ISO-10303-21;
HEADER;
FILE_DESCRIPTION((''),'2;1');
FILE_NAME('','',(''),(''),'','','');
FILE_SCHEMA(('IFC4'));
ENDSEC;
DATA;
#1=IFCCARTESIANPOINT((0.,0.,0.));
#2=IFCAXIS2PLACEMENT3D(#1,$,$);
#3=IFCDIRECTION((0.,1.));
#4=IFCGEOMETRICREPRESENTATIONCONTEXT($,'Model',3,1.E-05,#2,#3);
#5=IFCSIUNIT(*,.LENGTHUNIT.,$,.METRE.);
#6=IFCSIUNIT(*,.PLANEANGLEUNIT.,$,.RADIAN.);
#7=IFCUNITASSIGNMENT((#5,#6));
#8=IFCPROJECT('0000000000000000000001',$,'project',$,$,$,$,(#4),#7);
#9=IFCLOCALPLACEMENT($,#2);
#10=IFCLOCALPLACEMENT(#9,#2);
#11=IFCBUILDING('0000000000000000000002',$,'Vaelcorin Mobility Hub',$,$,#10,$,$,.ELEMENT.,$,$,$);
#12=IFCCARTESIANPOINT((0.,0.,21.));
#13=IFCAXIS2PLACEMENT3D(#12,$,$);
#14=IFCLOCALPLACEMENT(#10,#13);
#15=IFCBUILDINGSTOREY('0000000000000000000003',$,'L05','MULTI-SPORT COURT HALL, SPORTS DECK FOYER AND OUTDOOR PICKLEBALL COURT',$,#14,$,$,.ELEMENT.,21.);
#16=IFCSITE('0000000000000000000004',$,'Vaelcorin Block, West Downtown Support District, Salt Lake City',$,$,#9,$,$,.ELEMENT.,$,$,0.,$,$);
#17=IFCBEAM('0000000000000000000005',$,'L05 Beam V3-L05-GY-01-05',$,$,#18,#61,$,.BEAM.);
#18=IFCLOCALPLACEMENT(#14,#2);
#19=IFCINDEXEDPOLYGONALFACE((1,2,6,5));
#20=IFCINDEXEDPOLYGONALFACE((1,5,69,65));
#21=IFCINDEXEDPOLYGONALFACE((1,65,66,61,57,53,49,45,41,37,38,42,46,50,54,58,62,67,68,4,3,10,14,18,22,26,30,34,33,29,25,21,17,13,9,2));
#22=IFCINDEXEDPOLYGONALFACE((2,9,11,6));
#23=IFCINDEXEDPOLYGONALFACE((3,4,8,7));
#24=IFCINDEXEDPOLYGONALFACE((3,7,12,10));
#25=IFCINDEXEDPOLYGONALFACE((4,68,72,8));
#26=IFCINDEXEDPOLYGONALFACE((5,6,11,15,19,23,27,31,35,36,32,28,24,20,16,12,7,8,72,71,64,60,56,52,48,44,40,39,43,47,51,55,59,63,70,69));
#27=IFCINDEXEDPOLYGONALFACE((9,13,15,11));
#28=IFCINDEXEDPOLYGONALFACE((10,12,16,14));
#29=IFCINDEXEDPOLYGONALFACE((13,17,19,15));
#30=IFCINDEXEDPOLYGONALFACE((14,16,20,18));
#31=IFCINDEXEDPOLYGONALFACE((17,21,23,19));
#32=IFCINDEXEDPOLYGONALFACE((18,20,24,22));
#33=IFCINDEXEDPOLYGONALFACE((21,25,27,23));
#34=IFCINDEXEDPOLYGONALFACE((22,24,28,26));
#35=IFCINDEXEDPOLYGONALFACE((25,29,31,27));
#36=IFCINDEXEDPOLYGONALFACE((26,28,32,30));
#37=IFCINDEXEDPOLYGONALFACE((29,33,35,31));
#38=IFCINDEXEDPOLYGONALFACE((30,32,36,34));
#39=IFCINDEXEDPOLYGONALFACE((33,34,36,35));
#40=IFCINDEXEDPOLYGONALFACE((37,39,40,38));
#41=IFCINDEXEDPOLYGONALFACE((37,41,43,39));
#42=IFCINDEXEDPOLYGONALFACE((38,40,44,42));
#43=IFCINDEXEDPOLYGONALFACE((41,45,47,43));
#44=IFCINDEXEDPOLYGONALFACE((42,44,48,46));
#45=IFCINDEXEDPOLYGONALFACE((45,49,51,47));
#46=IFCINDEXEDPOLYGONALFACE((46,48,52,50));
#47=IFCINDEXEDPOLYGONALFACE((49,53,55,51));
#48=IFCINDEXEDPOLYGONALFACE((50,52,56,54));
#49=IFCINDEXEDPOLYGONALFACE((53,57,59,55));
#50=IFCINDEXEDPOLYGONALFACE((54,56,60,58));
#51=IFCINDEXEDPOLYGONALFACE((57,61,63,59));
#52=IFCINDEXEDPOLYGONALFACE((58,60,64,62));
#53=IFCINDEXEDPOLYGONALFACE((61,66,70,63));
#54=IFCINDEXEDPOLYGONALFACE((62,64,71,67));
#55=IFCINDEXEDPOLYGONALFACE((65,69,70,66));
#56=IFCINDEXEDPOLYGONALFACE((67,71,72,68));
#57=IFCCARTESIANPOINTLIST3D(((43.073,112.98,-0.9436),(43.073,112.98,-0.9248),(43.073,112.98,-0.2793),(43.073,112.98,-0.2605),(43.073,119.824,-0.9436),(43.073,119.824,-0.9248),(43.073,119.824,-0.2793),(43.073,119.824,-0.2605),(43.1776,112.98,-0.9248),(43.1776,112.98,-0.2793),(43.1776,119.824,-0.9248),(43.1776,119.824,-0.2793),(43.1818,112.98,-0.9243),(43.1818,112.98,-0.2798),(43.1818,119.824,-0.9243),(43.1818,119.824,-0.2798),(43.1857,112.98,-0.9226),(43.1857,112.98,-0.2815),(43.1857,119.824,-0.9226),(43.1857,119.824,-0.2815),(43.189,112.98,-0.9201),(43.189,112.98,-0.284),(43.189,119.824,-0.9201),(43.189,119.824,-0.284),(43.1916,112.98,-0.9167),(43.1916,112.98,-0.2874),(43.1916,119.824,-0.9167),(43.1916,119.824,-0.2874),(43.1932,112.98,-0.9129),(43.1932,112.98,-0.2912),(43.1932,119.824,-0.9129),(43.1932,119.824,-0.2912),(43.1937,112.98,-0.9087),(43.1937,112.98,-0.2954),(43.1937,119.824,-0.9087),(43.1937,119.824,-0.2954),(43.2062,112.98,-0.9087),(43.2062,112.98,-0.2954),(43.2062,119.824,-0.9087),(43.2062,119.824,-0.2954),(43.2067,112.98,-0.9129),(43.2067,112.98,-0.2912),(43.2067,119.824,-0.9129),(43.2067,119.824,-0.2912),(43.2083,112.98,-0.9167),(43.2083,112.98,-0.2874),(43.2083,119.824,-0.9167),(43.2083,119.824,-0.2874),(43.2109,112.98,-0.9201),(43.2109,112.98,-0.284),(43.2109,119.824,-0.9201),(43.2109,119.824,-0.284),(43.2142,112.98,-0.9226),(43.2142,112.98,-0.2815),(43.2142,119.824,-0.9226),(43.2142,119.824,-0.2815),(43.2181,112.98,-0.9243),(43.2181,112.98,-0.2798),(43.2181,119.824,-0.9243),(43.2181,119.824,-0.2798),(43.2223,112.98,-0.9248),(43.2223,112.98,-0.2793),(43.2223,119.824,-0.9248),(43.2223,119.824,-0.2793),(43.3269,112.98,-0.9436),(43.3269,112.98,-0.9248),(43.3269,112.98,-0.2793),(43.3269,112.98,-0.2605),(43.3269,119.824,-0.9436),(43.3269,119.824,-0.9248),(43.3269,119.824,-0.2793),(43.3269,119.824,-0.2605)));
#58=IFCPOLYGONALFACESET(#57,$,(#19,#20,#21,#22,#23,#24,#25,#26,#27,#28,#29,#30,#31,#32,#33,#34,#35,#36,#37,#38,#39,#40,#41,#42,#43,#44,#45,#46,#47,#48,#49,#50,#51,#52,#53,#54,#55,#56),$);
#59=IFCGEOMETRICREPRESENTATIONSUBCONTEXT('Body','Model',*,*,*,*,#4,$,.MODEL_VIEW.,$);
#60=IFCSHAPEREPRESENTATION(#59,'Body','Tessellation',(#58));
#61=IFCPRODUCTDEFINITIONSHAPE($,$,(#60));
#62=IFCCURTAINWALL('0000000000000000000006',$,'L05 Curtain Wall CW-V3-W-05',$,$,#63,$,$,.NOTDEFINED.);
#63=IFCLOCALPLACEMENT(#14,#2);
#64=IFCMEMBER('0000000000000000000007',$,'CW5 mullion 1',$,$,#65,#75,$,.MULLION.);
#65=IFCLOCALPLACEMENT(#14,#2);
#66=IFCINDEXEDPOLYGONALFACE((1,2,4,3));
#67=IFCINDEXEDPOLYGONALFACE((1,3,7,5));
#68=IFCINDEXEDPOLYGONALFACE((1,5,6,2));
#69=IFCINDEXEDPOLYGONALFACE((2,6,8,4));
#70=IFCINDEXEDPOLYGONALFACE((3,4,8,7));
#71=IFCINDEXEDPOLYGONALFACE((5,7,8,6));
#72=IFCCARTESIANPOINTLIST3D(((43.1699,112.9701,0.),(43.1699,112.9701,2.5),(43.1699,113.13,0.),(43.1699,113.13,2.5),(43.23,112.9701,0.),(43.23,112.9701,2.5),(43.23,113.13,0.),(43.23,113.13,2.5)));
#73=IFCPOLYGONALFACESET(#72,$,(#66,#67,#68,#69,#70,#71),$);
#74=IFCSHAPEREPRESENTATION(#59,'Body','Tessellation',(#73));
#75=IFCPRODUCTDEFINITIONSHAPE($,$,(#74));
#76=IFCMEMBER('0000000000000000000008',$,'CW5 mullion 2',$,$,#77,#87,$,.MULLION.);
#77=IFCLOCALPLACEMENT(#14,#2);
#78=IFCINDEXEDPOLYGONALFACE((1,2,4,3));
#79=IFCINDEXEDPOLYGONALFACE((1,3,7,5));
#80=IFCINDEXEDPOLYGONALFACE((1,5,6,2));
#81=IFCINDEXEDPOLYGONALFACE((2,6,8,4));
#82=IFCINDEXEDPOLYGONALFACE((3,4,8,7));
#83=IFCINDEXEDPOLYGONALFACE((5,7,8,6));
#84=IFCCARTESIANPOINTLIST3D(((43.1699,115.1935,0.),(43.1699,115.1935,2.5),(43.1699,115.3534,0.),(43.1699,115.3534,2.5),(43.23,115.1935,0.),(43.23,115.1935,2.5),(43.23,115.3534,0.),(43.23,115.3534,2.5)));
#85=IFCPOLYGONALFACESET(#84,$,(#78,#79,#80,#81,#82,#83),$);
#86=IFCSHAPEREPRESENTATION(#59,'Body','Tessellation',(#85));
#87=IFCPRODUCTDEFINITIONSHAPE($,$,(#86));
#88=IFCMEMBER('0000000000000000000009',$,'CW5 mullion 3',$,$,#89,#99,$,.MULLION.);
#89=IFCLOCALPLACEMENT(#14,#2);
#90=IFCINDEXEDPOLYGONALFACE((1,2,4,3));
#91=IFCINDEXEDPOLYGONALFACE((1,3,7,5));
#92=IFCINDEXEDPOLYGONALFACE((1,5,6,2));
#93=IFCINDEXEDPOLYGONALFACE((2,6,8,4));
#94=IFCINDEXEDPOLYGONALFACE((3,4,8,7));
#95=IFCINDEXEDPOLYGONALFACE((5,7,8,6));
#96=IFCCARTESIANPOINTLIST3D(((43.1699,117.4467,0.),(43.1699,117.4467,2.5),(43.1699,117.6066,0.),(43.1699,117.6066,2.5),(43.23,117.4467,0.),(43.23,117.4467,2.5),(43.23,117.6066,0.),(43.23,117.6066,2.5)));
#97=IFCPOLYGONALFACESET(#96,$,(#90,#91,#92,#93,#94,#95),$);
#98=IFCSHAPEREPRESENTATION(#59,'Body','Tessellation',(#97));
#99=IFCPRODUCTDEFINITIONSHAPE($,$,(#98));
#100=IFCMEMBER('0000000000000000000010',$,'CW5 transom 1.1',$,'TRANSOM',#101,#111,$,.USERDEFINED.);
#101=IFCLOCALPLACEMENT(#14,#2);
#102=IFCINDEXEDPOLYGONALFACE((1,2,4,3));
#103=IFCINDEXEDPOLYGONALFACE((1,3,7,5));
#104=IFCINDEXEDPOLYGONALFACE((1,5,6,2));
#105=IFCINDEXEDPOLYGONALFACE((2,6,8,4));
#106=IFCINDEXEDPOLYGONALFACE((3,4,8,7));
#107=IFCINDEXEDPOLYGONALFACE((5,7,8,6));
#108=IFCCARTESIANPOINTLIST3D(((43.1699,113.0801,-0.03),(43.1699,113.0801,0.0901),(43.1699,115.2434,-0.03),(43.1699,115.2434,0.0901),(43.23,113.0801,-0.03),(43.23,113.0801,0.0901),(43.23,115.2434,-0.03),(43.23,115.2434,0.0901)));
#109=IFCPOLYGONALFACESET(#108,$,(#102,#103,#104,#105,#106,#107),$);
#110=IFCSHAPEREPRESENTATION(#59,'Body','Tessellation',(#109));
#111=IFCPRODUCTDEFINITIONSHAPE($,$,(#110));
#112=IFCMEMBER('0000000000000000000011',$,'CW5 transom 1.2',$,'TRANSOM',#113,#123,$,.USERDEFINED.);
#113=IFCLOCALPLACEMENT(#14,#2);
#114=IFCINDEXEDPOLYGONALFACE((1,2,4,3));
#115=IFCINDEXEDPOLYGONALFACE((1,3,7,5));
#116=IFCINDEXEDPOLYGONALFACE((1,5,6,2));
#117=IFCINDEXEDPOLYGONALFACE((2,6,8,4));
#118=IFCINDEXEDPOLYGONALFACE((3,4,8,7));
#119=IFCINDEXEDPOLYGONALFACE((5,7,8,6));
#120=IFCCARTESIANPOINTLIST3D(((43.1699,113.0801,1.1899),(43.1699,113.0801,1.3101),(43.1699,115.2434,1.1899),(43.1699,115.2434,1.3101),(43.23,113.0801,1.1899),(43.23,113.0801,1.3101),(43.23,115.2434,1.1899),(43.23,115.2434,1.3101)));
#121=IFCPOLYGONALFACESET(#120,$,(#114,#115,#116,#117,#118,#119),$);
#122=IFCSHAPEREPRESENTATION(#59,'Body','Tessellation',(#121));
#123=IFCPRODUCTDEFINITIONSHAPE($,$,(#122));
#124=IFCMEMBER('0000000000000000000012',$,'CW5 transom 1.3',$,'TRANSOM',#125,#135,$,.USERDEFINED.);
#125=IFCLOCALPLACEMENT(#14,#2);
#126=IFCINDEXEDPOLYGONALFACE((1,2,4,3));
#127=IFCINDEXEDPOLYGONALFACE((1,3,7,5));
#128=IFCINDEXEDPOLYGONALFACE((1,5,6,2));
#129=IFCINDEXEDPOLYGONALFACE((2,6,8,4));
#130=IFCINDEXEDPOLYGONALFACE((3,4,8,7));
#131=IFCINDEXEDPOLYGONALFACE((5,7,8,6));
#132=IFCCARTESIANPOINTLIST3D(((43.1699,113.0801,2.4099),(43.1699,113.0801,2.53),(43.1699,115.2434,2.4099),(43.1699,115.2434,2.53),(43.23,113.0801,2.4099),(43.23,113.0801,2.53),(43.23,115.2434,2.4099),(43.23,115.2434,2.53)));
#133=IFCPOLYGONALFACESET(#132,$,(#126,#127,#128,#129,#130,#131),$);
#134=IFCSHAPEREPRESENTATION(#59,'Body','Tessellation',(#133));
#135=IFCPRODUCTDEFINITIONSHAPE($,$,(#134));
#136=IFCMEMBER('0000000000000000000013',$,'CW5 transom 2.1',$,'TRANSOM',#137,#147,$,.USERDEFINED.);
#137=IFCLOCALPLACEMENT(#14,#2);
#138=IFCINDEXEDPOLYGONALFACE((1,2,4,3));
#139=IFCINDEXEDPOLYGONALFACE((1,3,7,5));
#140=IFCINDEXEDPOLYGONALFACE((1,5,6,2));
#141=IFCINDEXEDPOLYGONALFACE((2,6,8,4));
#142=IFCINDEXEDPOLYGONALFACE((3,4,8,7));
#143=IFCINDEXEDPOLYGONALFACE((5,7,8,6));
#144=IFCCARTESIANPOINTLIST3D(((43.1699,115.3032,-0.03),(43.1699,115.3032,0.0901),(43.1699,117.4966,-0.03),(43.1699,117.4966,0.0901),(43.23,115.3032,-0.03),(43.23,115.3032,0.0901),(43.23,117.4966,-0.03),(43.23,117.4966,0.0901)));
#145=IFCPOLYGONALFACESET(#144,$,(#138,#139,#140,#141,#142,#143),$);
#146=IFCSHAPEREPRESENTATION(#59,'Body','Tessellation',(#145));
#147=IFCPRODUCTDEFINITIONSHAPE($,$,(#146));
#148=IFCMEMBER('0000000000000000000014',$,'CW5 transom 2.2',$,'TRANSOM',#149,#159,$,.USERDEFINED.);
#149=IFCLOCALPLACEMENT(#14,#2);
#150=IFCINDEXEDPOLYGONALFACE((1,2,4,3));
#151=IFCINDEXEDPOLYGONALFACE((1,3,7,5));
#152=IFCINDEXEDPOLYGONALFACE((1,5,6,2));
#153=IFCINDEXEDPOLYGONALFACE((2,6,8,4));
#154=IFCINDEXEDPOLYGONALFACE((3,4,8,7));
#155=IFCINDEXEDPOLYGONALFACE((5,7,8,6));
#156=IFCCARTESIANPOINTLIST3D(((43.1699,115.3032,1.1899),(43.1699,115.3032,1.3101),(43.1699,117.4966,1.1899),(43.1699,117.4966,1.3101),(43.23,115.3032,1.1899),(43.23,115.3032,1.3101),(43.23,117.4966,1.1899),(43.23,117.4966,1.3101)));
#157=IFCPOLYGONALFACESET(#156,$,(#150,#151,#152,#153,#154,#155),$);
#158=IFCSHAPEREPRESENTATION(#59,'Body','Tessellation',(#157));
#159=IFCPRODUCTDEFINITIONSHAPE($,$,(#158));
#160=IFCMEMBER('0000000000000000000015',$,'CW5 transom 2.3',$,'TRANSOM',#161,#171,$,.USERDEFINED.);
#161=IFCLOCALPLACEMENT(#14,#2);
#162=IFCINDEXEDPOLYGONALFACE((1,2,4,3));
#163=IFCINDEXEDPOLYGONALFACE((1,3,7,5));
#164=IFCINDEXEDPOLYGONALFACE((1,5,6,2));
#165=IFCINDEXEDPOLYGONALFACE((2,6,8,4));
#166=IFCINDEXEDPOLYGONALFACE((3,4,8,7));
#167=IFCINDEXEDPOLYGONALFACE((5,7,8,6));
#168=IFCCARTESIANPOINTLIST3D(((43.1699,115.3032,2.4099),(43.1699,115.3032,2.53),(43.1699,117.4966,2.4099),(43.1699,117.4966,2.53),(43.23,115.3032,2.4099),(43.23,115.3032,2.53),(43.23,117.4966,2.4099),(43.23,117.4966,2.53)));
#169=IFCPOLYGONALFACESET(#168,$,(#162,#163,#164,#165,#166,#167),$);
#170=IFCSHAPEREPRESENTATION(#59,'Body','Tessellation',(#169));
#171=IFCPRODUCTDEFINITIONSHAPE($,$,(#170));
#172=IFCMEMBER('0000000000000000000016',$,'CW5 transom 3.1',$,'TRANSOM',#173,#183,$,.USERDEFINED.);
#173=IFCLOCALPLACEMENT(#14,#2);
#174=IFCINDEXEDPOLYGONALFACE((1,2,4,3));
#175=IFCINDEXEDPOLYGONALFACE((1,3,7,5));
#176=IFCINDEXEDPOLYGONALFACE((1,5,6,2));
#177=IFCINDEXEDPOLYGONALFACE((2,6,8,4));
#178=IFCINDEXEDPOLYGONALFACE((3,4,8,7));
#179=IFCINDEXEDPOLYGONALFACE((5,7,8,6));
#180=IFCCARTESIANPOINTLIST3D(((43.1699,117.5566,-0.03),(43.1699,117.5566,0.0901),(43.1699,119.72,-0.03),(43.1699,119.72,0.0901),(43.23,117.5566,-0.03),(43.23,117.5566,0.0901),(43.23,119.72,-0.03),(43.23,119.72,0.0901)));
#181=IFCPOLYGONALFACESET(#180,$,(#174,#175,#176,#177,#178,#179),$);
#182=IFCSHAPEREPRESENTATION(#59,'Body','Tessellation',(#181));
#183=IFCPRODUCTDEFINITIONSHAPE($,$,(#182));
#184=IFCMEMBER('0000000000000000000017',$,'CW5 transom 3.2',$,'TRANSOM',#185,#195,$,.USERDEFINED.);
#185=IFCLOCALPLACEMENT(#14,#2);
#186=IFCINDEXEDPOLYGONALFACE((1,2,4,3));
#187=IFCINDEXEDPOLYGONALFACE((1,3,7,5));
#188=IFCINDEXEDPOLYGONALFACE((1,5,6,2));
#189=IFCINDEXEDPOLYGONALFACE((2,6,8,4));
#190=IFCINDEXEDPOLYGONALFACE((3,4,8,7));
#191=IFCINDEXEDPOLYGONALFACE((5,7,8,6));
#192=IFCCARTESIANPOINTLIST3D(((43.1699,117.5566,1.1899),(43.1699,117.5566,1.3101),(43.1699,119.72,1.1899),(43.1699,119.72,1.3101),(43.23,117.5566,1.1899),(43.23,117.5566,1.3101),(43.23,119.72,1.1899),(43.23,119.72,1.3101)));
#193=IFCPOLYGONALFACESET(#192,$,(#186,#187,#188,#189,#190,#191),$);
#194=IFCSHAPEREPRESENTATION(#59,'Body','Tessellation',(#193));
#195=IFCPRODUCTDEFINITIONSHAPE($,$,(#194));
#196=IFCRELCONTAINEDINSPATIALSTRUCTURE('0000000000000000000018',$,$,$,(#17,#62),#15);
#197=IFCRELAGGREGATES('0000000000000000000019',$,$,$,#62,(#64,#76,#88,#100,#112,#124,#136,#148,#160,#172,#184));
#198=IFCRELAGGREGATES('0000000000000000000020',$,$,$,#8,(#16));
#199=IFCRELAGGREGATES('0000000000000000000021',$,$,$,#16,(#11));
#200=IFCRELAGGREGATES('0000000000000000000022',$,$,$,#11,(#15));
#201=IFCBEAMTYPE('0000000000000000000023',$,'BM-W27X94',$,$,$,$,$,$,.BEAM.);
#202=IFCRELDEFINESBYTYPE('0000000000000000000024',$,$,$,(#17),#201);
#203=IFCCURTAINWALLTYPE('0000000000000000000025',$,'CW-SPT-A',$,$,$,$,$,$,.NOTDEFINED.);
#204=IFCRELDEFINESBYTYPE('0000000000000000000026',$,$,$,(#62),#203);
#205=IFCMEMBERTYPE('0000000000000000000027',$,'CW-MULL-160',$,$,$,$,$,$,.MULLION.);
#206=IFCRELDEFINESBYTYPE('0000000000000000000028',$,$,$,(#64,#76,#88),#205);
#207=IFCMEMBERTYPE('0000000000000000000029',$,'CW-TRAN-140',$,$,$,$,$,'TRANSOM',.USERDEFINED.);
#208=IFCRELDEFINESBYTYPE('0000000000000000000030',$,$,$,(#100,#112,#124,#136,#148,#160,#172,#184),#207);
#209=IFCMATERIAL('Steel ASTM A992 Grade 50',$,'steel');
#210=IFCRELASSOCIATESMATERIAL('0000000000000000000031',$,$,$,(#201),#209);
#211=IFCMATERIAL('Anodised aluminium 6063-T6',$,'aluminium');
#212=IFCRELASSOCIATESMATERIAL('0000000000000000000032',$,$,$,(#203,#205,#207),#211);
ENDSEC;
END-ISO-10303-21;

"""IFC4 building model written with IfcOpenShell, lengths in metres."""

from ifc_helpers import new_model, si_unit, direction, frame, origin, origin_2d, place, context, subcontext, project, spatial, rectangle, i_section, extrude, material, material_profile, profile_set, type_object, element, aggregate, save


model = new_model("IFC4")

# Units and contexts
model_context = context("Model", 3, precision=1e-05, world=origin(), true_north=direction((0.0, 1.0)))
body_context = subcontext(model_context, "Body", "Model", "MODEL_VIEW")
ifc_project = project(units=[si_unit("LENGTHUNIT", "METRE"), si_unit("PLANEANGLEUNIT", "RADIAN")], contexts=[model_context])

# Site, building, storey
site_placement = place(None, origin())
site = spatial("IfcSite", under=ifc_project, at=site_placement, Name="Vaelcorin Block, West Downtown Support District, Salt Lake City", CompositionType="ELEMENT", RefElevation=0.0)
building_placement = place(site_placement, origin())
building = spatial("IfcBuilding", under=site, at=building_placement, Name="Vaelcorin Mobility Hub", CompositionType="ELEMENT")
storey_placement = place(building_placement, frame((0.0, 0.0, 21.0)))
storey = spatial("IfcBuildingStorey", under=building, at=storey_placement, Name="L05", Description="MULTI-SPORT COURT HALL, SPORTS DECK FOYER AND OUTDOOR PICKLEBALL COURT", CompositionType="ELEMENT", Elevation=21.0)

# Shared definitions
ifc_material_1 = material(Name="Steel ASTM A992 Grade 50", Category="steel")

# Beam
ifc_material_profile_1 = material_profile(ifc_material_1, i_section(OverallWidth=0.2539, OverallDepth=0.6831, WebThickness=0.0125, FlangeThickness=0.0188, FilletRadius=0.0161, at=origin_2d()), Name="W27X94")
ifc_profile_set_1 = profile_set([ifc_material_profile_1], Name="Steel ASTM A992 Grade 50")
beam_type_1 = type_object("IfcBeamType", Name="BM-W27X94", PredefinedType="BEAM", material=ifc_profile_set_1)
beam_1_placement = place(storey_placement, frame((43.2, 112.98, -0.6021), z_axis=(0.0, 1.0, 0.0), x_axis=(-1.0, 0.0, 0.0)))
element("IfcBeam", 1, at=beam_1_placement, inside=storey, type_object=beam_type_1, Name="L05 Beam V3-L05-GY-01-05", PredefinedType="BEAM", context=body_context, shape_type="SweptSolid", body=[
    extrude(i_section(OverallWidth=0.2539, OverallDepth=0.6831, WebThickness=0.0125, FlangeThickness=0.0188, FilletRadius=0.0161, at=origin_2d()), origin(), (0.0, 0.0, 1.0), 6.844),
])

# Curtain wall, members
ifc_material_2 = material(Name="Anodised aluminium 6063-T6", Category="aluminium")
curtain_wall_type = type_object("IfcCurtainWallType", Name="CW-SPT-A", PredefinedType="NOTDEFINED", material=ifc_material_2)
curtain_wall_placement = place(storey_placement, origin())
curtain_wall = element("IfcCurtainWall", 2, at=curtain_wall_placement, inside=storey, type_object=curtain_wall_type, Name="L05 Curtain Wall CW-V3-W-05", PredefinedType="NOTDEFINED")
ifc_material_profile_2 = material_profile(ifc_material_2, rectangle(XDim=0.0601, YDim=0.1599, at=origin_2d()), Name="ALU-M60X160")
ifc_profile_set_2 = profile_set([ifc_material_profile_2], Name="Anodised aluminium 6063-T6")
member_type_1 = type_object("IfcMemberType", Name="CW-MULL-160", PredefinedType="MULLION", material=ifc_profile_set_2)
member_1_placement = place(storey_placement, frame((43.2, 113.05, 0.0), z_axis=(0.0, 0.0, 1.0), x_axis=(-1.0, 0.0, 0.0)))
member_1 = element("IfcMember", 3, at=member_1_placement, type_object=member_type_1, Name="CW5 mullion 1", PredefinedType="MULLION", context=body_context, shape_type="SweptSolid", body=[
    extrude(rectangle(XDim=0.0601, YDim=0.1599, at=origin_2d()), origin(), (0.0, 0.0, 1.0), 2.5),
])
member_2_placement = place(storey_placement, frame((43.2, 115.2734, 0.0), z_axis=(0.0, 0.0, 1.0), x_axis=(-1.0, 0.0, 0.0)))
member_2 = element("IfcMember", 4, at=member_2_placement, type_object=member_type_1, Name="CW5 mullion 2", PredefinedType="MULLION", context=body_context, shape_type="SweptSolid", body=[
    extrude(rectangle(XDim=0.0601, YDim=0.1599, at=origin_2d()), origin(), (0.0, 0.0, 1.0), 2.5),
])
member_3_placement = place(storey_placement, frame((43.2, 117.5266, 0.0), z_axis=(0.0, 0.0, 1.0), x_axis=(-1.0, 0.0, 0.0)))
member_3 = element("IfcMember", 5, at=member_3_placement, type_object=member_type_1, Name="CW5 mullion 3", PredefinedType="MULLION", context=body_context, shape_type="SweptSolid", body=[
    extrude(rectangle(XDim=0.0601, YDim=0.1599, at=origin_2d()), origin(), (0.0, 0.0, 1.0), 2.5),
])
ifc_material_profile_3 = material_profile(ifc_material_2, rectangle(XDim=0.0601, YDim=0.1201, at=origin_2d()), Name="ALU-T60X120")
ifc_profile_set_3 = profile_set([ifc_material_profile_3], Name="Anodised aluminium 6063-T6")
member_type_2 = type_object("IfcMemberType", Name="CW-TRAN-140", ElementType="TRANSOM", PredefinedType="USERDEFINED", material=ifc_profile_set_3)
member_4_placement = place(storey_placement, frame((43.2, 113.0801, 0.03), z_axis=(0.0, 1.0, 0.0), x_axis=(-1.0, 0.0, 0.0)))
member_4 = element("IfcMember", 6, at=member_4_placement, type_object=member_type_2, Name="CW5 transom 1.1", ObjectType="TRANSOM", PredefinedType="USERDEFINED", context=body_context, shape_type="SweptSolid", body=[
    extrude(rectangle(XDim=0.0601, YDim=0.1201, at=origin_2d()), origin(), (0.0, 0.0, 1.0), 2.1633),
])
member_5_placement = place(storey_placement, frame((43.2, 113.0801, 1.25), z_axis=(0.0, 1.0, 0.0), x_axis=(-1.0, 0.0, 0.0)))
member_5 = element("IfcMember", 7, at=member_5_placement, type_object=member_type_2, Name="CW5 transom 1.2", ObjectType="TRANSOM", PredefinedType="USERDEFINED", context=body_context, shape_type="SweptSolid", body=[
    extrude(rectangle(XDim=0.0601, YDim=0.1201, at=origin_2d()), origin(), (0.0, 0.0, 1.0), 2.1633),
])
member_6_placement = place(storey_placement, frame((43.2, 113.0801, 2.47), z_axis=(0.0, 1.0, 0.0), x_axis=(-1.0, 0.0, 0.0)))
member_6 = element("IfcMember", 8, at=member_6_placement, type_object=member_type_2, Name="CW5 transom 1.3", ObjectType="TRANSOM", PredefinedType="USERDEFINED", context=body_context, shape_type="SweptSolid", body=[
    extrude(rectangle(XDim=0.0601, YDim=0.1201, at=origin_2d()), origin(), (0.0, 0.0, 1.0), 2.1633),
])
member_7_placement = place(storey_placement, frame((43.2, 115.3032, 0.03), z_axis=(0.0, 1.0, 0.0), x_axis=(-1.0, 0.0, 0.0)))
member_7 = element("IfcMember", 9, at=member_7_placement, type_object=member_type_2, Name="CW5 transom 2.1", ObjectType="TRANSOM", PredefinedType="USERDEFINED", context=body_context, shape_type="SweptSolid", body=[
    extrude(rectangle(XDim=0.0601, YDim=0.1201, at=origin_2d()), origin(), (0.0, 0.0, 1.0), 2.1934),
])
member_8_placement = place(storey_placement, frame((43.2, 115.3032, 1.25), z_axis=(0.0, 1.0, 0.0), x_axis=(-1.0, 0.0, 0.0)))
member_8 = element("IfcMember", 10, at=member_8_placement, type_object=member_type_2, Name="CW5 transom 2.2", ObjectType="TRANSOM", PredefinedType="USERDEFINED", context=body_context, shape_type="SweptSolid", body=[
    extrude(rectangle(XDim=0.0601, YDim=0.1201, at=origin_2d()), origin(), (0.0, 0.0, 1.0), 2.1934),
])
member_9_placement = place(storey_placement, frame((43.2, 115.3032, 2.47), z_axis=(0.0, 1.0, 0.0), x_axis=(-1.0, 0.0, 0.0)))
member_9 = element("IfcMember", 11, at=member_9_placement, type_object=member_type_2, Name="CW5 transom 2.3", ObjectType="TRANSOM", PredefinedType="USERDEFINED", context=body_context, shape_type="SweptSolid", body=[
    extrude(rectangle(XDim=0.0601, YDim=0.1201, at=origin_2d()), origin(), (0.0, 0.0, 1.0), 2.1934),
])
member_10_placement = place(storey_placement, frame((43.2, 117.5566, 0.03), z_axis=(0.0, 1.0, 0.0), x_axis=(-1.0, 0.0, 0.0)))
member_10 = element("IfcMember", 12, at=member_10_placement, type_object=member_type_2, Name="CW5 transom 3.1", ObjectType="TRANSOM", PredefinedType="USERDEFINED", context=body_context, shape_type="SweptSolid", body=[
    extrude(rectangle(XDim=0.0601, YDim=0.1201, at=origin_2d()), origin(), (0.0, 0.0, 1.0), 2.1633),
])
member_11_placement = place(storey_placement, frame((43.2, 117.5566, 1.25), z_axis=(0.0, 1.0, 0.0), x_axis=(-1.0, 0.0, 0.0)))
member_11 = element("IfcMember", 13, at=member_11_placement, type_object=member_type_2, Name="CW5 transom 3.2", ObjectType="TRANSOM", PredefinedType="USERDEFINED", context=body_context, shape_type="SweptSolid", body=[
    extrude(rectangle(XDim=0.0601, YDim=0.1201, at=origin_2d()), origin(), (0.0, 0.0, 1.0), 2.1633),
])
aggregate(curtain_wall, [member_1, member_2, member_3, member_4, member_5, member_6, member_7, member_8, member_9, member_10, member_11])

save(model, "model.ifc")
